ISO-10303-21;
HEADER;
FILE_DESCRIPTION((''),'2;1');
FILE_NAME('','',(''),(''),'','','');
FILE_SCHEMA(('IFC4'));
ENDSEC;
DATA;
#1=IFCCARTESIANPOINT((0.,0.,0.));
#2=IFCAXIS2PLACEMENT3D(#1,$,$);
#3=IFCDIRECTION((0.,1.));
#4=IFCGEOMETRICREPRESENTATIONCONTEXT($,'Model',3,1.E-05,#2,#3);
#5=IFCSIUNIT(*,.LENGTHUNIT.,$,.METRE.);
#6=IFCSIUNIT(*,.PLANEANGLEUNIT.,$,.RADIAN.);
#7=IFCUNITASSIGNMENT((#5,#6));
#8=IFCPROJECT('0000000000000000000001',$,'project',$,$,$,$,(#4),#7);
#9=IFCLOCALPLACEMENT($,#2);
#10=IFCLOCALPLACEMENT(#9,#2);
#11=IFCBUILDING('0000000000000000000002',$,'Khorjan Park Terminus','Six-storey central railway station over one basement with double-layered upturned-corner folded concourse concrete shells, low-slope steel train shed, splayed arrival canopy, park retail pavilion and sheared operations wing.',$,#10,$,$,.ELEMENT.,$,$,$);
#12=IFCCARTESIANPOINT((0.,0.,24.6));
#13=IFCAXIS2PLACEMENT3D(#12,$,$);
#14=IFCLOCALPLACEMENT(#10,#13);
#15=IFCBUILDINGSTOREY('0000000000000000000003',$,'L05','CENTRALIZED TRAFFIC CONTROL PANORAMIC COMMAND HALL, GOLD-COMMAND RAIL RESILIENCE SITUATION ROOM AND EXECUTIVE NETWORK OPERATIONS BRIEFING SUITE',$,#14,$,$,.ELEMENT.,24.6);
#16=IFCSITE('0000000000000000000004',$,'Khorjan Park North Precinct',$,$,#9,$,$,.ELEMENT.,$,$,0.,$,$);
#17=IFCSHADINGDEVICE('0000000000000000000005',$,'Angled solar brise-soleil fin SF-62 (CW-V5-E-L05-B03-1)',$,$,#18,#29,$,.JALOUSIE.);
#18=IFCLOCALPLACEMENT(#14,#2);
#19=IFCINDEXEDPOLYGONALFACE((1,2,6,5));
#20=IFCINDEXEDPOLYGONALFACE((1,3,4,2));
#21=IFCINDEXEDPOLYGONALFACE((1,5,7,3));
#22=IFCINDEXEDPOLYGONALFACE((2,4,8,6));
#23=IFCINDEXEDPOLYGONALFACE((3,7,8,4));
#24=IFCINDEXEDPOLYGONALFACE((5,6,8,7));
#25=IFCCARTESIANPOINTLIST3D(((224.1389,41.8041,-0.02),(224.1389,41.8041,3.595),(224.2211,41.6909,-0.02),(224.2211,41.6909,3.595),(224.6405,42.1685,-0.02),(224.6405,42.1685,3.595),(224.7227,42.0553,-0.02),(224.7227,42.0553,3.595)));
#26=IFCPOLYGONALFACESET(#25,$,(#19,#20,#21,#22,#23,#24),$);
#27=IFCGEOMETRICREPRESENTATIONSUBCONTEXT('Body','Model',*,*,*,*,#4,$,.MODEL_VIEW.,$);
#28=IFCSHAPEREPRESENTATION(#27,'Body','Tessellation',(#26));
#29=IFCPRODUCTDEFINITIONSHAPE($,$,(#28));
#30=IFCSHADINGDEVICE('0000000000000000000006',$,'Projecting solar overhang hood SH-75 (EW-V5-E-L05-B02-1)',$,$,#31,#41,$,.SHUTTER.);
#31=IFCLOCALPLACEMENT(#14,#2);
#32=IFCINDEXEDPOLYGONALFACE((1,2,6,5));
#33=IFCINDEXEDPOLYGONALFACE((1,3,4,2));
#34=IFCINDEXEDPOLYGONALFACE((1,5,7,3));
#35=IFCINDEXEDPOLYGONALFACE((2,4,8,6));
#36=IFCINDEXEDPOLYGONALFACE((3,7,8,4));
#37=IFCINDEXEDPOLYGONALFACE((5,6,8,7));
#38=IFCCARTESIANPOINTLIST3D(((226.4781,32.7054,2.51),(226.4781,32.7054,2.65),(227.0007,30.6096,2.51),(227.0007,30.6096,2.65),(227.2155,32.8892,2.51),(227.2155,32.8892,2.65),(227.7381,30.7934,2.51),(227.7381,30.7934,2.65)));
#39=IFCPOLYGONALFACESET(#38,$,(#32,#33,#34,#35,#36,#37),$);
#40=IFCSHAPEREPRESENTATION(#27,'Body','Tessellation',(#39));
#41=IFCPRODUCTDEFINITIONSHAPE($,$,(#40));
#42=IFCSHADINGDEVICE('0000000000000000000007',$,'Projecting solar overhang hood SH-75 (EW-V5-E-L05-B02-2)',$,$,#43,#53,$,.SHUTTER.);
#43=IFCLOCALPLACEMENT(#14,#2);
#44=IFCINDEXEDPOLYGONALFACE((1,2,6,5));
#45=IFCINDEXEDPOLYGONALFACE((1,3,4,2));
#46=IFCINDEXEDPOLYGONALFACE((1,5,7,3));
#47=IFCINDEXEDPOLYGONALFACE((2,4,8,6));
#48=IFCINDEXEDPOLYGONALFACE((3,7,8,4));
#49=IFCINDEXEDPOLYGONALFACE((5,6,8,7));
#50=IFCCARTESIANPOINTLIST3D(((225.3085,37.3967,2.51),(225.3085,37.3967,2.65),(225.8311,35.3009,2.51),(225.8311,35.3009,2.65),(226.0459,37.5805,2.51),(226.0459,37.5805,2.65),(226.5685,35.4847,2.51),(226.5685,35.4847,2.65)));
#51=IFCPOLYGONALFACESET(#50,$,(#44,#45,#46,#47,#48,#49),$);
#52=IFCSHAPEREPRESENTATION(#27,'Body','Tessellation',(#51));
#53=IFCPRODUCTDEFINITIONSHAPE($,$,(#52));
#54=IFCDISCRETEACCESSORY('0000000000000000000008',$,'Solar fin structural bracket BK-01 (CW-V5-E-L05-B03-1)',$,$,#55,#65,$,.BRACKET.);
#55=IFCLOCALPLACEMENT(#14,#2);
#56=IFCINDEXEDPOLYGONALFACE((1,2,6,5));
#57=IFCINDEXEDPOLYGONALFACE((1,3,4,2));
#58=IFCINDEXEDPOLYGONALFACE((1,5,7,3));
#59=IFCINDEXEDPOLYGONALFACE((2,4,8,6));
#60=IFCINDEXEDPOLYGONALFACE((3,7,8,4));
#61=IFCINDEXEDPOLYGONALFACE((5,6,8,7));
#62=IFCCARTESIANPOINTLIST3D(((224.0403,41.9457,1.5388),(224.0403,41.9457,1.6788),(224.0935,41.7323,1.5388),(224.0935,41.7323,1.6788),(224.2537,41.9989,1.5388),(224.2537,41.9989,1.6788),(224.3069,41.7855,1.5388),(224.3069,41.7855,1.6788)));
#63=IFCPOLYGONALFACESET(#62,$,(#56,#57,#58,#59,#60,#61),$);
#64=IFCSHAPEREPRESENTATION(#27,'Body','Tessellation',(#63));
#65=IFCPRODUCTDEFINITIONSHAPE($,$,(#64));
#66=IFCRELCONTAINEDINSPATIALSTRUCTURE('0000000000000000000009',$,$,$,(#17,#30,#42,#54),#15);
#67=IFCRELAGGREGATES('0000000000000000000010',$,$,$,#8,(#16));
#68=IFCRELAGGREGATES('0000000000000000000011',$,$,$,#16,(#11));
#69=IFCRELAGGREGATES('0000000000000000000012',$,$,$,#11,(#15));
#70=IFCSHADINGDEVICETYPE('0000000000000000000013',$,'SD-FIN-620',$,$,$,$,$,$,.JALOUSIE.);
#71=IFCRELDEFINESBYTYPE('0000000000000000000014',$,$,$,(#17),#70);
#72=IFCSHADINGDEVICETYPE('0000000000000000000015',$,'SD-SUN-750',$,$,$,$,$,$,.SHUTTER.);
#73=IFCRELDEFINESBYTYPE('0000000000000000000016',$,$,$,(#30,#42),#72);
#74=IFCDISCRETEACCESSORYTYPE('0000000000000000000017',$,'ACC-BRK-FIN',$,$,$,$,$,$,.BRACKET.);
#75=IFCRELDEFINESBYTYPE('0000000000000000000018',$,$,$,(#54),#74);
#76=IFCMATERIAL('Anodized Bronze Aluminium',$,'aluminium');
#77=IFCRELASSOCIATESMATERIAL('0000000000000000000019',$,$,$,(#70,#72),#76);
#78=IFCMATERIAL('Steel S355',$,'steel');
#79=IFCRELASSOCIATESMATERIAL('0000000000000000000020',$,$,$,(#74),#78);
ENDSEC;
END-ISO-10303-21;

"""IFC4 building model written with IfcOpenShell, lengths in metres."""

from ifc_helpers import new_model, si_unit, direction, frame, origin, origin_2d, place, context, subcontext, project, spatial, rectangle, extrude, material, type_object, element, save


model = new_model("IFC4")

# Units and contexts
model_context = context("Model", 3, precision=1e-05, world=origin(), true_north=direction((0.0, 1.0)))
body_context = subcontext(model_context, "Body", "Model", "MODEL_VIEW")
ifc_project = project(units=[si_unit("LENGTHUNIT", "METRE"), si_unit("PLANEANGLEUNIT", "RADIAN")], contexts=[model_context])

# Site, building, storey
site_placement = place(None, origin())
site = spatial("IfcSite", under=ifc_project, at=site_placement, Name="Khorjan Park North Precinct", CompositionType="ELEMENT", RefElevation=0.0)
building_placement = place(site_placement, origin())
building = spatial("IfcBuilding", under=site, at=building_placement, Name="Khorjan Park Terminus", Description="Six-storey central railway station over one basement with double-layered upturned-corner folded concourse concrete shells, low-slope steel train shed, splayed arrival canopy, park retail pavilion and sheared operations wing.", CompositionType="ELEMENT")
storey_placement = place(building_placement, frame((0.0, 0.0, 24.6)))
storey = spatial("IfcBuildingStorey", under=building, at=storey_placement, Name="L05", Description="CENTRALIZED TRAFFIC CONTROL PANORAMIC COMMAND HALL, GOLD-COMMAND RAIL RESILIENCE SITUATION ROOM AND EXECUTIVE NETWORK OPERATIONS BRIEFING SUITE", CompositionType="ELEMENT", Elevation=24.6)

# Shared definitions
ifc_material_1 = material(Name="Steel S355", Category="steel")

# Shared definitions
ifc_material_2 = material(Name="Anodized Bronze Aluminium", Category="aluminium")

# Shading devices
shading_device_type_1 = type_object("IfcShadingDeviceType", Name="SD-FIN-620", PredefinedType="JALOUSIE", material=ifc_material_2)
shading_device_placement = place(storey_placement, frame((224.4308, 41.9297, -0.02), z_axis=(0.0, 0.0, 1.0), x_axis=(-0.809017, -0.587785, 0.0)))
element("IfcShadingDevice", 1, at=shading_device_placement, inside=storey, type_object=shading_device_type_1, Name="Angled solar brise-soleil fin SF-62 (CW-V5-E-L05-B03-1)", PredefinedType="JALOUSIE", context=body_context, shape_type="SweptSolid", body=[
    extrude(rectangle(XDim=0.62, YDim=0.14, at=origin_2d()), origin(), (0.0, 0.0, 1.0), 3.615),
])
shading_device_type_2 = type_object("IfcShadingDeviceType", Name="SD-SUN-750", PredefinedType="SHUTTER", material=ifc_material_2)
for number, where, z_axis, x_axis, name in (
    (2, (227.1081, 31.7494, 2.51), (0.0, 0.0, 1.0), (-0.24192, 0.970296, 0.0), "Projecting solar overhang hood SH-75 (EW-V5-E-L05-B02-1)"),
    (3, (225.9385, 36.4407, 2.51), (0.0, 0.0, 1.0), (-0.24192, 0.970296, 0.0), "Projecting solar overhang hood SH-75 (EW-V5-E-L05-B02-2)"),
):
    element("IfcShadingDevice", number, at=place(storey_placement, frame(where, z_axis=z_axis, x_axis=x_axis)), inside=storey, type_object=shading_device_type_2, Name=name, PredefinedType="SHUTTER", context=body_context, shape_type="SweptSolid", body=[
        extrude(rectangle(XDim=2.16, YDim=0.76, at=origin_2d()), origin(), (0.0, 0.0, 1.0), 0.14),
    ])

# Discrete accessory
discrete_accessory_type = type_object("IfcDiscreteAccessoryType", Name="ACC-BRK-FIN", PredefinedType="BRACKET", material=ifc_material_1)
discrete_accessory_placement = place(storey_placement, frame((224.1736, 41.8656, 1.5388), z_axis=(0.0, 0.0, 1.0), x_axis=(-0.241923, 0.970295, 0.0)))
element("IfcDiscreteAccessory", 4, at=discrete_accessory_placement, inside=storey, type_object=discrete_accessory_type, Name="Solar fin structural bracket BK-01 (CW-V5-E-L05-B03-1)", PredefinedType="BRACKET", context=body_context, shape_type="SweptSolid", body=[
    extrude(rectangle(XDim=0.22, YDim=0.22, at=origin_2d()), origin(), (0.0, 0.0, 1.0), 0.14),
])

save(model, "model.ifc")
